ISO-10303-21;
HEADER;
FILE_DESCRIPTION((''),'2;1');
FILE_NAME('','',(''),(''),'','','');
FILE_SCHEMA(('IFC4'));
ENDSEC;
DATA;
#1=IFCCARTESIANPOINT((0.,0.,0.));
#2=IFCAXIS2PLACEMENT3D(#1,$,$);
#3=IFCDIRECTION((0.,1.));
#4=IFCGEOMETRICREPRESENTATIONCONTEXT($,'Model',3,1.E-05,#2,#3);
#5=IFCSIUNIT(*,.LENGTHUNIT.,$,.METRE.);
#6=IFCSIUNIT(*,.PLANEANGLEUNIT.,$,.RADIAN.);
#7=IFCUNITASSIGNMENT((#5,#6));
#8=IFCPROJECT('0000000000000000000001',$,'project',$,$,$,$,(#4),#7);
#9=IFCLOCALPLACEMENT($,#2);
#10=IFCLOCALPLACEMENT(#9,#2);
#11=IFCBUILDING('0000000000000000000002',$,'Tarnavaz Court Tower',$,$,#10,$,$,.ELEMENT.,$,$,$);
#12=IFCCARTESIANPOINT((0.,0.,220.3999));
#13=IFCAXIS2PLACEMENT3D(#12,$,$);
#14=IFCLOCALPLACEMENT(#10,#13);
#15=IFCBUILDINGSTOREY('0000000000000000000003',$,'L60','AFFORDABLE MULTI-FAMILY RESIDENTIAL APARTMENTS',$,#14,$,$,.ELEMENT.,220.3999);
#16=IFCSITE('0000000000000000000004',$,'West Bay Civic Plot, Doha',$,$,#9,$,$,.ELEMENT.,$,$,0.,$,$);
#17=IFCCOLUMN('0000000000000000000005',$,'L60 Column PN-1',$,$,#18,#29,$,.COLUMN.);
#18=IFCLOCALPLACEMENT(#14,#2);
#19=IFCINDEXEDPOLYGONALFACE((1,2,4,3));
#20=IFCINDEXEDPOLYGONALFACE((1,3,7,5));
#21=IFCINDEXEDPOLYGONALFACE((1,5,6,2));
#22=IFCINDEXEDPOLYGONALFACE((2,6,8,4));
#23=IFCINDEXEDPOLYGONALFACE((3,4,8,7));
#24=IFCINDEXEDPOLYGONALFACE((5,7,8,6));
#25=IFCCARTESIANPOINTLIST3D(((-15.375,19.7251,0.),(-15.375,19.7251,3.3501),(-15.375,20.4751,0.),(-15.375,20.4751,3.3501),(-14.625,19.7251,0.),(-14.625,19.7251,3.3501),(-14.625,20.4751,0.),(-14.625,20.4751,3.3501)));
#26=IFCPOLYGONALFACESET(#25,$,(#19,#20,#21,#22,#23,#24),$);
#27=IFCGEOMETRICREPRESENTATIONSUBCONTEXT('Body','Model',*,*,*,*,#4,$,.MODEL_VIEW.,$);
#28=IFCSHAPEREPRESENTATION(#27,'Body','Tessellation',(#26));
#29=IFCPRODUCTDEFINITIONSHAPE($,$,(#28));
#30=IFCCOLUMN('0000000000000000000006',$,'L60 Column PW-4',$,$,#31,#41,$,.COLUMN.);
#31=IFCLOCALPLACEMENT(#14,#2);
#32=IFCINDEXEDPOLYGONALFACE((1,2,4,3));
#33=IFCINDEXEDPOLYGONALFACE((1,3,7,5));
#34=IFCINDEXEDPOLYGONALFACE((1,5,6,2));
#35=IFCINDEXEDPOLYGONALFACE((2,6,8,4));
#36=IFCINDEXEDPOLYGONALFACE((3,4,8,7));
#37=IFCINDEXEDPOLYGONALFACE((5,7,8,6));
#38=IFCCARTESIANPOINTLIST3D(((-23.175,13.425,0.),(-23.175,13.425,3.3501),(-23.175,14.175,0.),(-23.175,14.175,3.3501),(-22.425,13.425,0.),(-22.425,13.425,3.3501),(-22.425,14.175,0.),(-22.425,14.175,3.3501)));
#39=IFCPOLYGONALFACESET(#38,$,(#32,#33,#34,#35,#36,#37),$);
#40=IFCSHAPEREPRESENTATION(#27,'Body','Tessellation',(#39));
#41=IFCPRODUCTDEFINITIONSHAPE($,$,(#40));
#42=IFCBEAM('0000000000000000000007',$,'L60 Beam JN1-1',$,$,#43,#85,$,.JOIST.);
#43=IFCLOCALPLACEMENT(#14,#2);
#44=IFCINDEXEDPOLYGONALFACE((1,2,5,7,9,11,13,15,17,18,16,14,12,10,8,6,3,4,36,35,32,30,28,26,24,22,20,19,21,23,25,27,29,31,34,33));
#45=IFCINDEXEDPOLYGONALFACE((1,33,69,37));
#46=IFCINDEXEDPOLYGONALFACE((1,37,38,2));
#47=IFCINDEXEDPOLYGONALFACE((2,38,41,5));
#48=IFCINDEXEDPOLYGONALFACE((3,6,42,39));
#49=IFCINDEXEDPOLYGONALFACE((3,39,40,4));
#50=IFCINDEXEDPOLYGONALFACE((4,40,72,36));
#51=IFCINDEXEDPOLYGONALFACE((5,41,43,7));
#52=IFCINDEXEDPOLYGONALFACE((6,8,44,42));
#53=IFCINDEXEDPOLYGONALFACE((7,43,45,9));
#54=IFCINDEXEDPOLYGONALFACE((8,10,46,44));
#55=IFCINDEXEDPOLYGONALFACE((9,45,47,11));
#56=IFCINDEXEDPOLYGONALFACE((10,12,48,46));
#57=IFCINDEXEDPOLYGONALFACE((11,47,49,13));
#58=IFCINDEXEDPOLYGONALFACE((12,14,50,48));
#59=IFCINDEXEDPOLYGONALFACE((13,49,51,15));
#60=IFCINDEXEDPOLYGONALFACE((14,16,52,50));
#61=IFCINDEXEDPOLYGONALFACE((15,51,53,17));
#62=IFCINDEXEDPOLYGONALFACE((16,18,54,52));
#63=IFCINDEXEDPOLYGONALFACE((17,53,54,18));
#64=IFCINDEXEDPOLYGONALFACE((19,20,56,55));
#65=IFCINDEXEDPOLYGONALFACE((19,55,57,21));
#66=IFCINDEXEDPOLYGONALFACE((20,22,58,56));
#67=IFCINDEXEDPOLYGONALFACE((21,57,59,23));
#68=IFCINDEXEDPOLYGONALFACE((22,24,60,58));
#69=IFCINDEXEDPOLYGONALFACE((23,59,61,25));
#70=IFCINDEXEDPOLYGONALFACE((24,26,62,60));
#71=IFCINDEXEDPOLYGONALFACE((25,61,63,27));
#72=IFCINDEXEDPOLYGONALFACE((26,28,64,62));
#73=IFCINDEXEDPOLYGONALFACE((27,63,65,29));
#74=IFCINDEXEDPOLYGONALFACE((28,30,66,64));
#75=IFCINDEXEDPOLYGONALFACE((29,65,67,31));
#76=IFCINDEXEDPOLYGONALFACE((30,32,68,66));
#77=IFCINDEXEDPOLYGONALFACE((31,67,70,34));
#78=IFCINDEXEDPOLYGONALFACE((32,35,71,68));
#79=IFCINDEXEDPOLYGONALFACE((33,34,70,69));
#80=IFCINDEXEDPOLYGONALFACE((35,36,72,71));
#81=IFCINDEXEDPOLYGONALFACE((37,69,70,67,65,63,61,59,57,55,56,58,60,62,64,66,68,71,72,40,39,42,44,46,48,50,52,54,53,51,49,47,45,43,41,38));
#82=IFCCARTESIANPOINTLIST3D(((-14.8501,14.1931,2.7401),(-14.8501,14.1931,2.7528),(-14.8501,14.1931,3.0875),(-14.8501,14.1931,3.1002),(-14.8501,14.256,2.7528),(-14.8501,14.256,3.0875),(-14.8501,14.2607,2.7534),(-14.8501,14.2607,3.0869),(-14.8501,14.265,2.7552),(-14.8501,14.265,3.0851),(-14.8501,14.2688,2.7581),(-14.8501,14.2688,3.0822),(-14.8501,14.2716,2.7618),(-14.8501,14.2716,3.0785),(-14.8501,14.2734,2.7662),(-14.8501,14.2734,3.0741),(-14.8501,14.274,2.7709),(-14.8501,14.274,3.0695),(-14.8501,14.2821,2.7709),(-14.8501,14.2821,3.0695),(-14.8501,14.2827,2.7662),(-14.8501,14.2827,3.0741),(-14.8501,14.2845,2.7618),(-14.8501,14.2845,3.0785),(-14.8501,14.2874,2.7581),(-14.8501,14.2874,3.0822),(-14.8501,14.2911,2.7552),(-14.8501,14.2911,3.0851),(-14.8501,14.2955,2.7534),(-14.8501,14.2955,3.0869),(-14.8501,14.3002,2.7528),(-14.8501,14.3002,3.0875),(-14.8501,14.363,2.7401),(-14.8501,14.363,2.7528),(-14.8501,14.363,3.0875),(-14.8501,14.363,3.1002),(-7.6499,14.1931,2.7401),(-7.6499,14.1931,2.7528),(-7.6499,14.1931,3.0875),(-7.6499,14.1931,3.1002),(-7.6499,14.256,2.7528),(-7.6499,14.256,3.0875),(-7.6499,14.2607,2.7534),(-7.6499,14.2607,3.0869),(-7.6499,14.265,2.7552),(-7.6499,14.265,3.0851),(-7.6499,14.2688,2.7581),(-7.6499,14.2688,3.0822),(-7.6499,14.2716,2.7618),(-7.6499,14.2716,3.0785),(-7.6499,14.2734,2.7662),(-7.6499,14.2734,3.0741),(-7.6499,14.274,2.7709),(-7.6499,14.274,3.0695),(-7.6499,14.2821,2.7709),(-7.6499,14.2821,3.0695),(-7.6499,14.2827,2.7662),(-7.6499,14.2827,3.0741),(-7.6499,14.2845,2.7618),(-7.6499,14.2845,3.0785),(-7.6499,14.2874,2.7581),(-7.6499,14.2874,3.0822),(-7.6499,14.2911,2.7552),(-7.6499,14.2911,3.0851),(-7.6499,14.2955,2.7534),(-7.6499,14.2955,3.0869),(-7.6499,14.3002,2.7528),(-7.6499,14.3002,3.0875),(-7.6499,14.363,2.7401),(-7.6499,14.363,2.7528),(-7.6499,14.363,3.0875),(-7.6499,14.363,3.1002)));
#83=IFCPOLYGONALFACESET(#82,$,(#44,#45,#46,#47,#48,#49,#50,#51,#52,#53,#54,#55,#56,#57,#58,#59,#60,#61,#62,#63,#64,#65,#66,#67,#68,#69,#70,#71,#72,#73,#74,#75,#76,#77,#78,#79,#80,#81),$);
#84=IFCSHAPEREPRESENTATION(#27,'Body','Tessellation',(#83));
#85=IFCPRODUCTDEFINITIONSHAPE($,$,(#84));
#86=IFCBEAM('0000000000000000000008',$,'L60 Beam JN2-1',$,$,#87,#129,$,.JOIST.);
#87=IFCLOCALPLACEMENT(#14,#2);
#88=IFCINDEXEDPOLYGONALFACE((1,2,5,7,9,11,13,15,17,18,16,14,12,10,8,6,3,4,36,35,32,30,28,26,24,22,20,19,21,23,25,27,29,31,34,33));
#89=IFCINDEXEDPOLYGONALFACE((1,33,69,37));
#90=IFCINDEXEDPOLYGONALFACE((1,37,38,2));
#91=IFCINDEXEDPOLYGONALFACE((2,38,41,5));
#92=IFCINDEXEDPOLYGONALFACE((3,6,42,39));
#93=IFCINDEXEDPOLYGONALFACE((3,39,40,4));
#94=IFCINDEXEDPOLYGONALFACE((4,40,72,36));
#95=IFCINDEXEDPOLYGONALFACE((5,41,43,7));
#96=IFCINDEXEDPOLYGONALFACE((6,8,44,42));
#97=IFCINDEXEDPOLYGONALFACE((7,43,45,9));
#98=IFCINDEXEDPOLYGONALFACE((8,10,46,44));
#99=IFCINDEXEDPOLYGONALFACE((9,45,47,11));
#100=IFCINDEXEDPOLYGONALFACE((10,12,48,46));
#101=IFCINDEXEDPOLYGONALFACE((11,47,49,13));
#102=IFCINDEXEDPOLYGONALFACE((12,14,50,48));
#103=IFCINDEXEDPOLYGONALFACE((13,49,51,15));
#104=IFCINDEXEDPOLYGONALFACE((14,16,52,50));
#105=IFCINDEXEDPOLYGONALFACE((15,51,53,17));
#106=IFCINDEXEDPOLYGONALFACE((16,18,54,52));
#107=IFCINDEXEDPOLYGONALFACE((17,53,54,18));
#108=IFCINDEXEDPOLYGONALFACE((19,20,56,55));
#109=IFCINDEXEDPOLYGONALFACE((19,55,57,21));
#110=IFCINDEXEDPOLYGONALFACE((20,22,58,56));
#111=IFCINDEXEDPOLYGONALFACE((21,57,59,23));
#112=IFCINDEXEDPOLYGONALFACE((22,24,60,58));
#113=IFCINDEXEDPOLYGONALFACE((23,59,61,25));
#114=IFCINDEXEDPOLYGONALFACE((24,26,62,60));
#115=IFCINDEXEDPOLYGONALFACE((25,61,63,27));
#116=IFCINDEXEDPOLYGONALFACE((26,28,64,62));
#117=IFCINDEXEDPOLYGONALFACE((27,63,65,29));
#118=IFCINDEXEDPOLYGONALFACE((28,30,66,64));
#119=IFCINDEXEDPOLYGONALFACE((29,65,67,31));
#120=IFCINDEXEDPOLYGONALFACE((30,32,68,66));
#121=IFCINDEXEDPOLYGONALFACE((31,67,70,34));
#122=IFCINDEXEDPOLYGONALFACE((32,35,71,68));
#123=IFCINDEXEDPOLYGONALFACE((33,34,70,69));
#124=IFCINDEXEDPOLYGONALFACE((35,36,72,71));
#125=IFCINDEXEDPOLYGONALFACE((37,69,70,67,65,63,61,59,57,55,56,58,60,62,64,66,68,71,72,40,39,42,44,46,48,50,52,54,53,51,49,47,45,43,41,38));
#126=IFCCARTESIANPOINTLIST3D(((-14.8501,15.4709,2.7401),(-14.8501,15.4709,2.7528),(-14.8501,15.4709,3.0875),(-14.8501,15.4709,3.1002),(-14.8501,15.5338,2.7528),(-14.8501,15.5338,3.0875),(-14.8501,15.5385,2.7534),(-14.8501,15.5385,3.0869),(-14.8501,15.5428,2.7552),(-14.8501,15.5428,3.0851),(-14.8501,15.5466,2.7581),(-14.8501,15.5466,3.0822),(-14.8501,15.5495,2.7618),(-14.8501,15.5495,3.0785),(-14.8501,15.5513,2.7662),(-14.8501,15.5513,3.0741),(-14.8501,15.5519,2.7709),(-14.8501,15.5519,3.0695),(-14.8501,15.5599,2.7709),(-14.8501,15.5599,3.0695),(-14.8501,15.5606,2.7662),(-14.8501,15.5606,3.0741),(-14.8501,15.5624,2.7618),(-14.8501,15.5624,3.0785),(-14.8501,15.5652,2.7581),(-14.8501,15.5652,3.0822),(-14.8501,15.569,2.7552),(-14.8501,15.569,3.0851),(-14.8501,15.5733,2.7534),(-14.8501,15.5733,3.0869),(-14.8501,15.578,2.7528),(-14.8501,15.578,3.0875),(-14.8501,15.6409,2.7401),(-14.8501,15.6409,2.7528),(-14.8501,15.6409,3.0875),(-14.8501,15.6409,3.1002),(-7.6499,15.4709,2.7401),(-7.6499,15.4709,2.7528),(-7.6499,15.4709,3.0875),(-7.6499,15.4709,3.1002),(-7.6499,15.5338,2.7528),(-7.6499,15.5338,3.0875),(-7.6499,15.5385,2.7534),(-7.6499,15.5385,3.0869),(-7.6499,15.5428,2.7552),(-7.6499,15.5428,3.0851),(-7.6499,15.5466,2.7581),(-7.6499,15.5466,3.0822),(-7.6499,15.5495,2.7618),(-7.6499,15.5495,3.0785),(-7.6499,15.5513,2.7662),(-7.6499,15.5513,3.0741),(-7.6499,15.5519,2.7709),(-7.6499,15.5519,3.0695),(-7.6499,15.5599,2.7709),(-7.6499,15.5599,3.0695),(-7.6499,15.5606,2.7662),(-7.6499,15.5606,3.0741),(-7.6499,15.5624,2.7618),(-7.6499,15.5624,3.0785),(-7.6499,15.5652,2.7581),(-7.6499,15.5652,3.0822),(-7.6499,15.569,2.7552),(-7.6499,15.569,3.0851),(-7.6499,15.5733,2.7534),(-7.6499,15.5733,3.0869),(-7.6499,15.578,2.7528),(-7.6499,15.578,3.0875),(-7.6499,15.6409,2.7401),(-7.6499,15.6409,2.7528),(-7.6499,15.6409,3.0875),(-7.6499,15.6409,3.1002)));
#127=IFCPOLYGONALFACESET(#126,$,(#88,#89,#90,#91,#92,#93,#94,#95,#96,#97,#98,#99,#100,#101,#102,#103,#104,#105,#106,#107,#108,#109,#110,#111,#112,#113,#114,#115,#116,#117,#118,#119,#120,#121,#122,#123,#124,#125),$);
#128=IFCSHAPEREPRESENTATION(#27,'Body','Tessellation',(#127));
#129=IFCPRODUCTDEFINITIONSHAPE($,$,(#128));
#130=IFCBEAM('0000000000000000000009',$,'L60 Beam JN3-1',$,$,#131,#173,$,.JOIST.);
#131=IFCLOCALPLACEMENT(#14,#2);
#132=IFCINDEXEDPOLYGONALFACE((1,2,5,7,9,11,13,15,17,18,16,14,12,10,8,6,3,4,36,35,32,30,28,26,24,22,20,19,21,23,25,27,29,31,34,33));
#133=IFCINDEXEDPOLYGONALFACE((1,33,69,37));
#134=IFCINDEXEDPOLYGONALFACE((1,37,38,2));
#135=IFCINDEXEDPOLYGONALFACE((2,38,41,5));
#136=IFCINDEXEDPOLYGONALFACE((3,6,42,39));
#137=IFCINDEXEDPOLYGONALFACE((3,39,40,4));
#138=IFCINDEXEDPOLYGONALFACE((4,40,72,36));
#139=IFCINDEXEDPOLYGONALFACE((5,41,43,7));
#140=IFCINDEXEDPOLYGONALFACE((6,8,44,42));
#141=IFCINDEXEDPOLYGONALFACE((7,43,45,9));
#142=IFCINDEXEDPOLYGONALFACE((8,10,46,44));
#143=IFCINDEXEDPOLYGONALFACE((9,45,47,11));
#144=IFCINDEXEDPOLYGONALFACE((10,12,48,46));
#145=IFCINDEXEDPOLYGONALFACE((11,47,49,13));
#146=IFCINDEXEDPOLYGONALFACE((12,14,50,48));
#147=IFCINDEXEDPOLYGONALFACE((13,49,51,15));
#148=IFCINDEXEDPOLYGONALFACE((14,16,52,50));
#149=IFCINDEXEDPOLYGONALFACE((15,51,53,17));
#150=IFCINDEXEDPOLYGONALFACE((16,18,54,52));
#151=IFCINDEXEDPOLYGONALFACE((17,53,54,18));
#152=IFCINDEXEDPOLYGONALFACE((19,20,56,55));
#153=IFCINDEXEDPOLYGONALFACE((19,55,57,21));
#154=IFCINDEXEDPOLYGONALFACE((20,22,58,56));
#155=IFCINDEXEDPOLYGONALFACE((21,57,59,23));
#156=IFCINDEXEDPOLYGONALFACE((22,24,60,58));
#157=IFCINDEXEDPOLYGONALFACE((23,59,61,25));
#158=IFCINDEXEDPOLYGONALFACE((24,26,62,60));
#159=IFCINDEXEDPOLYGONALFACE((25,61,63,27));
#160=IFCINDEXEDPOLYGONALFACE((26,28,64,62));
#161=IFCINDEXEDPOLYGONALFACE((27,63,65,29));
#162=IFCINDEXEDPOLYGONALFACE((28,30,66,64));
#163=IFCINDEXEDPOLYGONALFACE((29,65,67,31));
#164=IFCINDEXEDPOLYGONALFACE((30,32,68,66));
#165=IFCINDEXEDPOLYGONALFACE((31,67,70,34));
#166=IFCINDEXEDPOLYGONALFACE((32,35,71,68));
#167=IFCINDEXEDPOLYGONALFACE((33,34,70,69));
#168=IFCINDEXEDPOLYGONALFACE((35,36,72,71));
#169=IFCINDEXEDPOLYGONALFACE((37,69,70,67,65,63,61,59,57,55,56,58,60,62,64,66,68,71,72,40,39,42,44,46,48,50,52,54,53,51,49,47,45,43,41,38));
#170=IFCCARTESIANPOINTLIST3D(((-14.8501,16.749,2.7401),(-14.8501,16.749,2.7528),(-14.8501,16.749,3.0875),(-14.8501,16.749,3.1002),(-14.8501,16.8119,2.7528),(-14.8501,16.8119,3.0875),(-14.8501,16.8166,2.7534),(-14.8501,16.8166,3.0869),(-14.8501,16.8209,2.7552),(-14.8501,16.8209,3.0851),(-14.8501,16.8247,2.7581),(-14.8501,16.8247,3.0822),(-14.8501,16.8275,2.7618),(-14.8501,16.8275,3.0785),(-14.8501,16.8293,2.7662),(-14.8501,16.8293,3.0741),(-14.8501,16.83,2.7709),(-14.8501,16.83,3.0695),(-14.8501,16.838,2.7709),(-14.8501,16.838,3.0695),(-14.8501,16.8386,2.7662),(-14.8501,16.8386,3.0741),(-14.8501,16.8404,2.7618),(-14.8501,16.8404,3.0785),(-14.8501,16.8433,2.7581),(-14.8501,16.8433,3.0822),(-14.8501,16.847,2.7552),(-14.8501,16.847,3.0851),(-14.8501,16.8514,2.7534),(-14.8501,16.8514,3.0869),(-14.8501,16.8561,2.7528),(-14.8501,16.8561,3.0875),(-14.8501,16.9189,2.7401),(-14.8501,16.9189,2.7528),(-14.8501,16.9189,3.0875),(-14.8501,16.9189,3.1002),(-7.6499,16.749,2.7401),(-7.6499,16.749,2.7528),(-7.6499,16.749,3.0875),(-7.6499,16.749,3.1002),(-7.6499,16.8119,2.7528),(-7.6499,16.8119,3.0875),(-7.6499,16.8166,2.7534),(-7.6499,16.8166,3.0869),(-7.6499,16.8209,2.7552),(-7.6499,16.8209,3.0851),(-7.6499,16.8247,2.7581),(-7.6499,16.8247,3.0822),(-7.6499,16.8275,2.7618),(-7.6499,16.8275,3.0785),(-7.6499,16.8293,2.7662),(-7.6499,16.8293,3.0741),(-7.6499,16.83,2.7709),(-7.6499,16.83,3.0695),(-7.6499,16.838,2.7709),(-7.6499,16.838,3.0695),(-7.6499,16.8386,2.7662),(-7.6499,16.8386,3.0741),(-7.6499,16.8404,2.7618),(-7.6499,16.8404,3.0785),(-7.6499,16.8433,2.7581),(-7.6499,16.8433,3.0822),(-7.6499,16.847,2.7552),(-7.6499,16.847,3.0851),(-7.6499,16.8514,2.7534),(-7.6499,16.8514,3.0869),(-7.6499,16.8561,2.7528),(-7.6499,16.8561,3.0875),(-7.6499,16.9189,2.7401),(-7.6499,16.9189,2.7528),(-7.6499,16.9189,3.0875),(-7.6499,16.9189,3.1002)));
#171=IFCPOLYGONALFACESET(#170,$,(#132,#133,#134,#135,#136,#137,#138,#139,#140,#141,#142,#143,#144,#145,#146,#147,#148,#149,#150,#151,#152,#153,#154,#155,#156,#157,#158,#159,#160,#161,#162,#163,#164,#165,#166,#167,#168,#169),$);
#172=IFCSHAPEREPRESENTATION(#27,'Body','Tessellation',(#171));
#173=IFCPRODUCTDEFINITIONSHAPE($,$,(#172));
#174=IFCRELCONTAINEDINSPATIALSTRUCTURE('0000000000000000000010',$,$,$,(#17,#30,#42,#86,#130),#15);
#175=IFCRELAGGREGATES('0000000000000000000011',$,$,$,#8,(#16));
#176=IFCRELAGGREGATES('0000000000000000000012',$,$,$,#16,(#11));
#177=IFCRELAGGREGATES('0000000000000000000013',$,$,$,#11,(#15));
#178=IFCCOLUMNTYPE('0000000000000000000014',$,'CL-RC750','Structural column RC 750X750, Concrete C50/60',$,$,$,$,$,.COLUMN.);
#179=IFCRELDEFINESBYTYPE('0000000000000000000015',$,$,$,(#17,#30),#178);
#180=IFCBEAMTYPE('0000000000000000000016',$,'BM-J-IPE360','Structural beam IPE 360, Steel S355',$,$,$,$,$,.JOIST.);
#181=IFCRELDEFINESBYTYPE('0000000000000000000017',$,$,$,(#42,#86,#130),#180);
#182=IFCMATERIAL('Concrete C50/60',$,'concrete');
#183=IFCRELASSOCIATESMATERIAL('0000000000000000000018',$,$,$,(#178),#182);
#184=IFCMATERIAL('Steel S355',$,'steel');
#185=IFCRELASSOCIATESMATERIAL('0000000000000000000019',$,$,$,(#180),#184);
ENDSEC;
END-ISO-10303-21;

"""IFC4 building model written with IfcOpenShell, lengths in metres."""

from ifc_helpers import new_model, si_unit, direction, frame, origin, origin_2d, place, context, subcontext, project, spatial, rectangle, i_section, extrude, material, material_profile, profile_set, type_object, element, save


model = new_model("IFC4")

# Units and contexts
model_context = context("Model", 3, precision=1e-05, world=origin(), true_north=direction((0.0, 1.0)))
body_context = subcontext(model_context, "Body", "Model", "MODEL_VIEW")
ifc_project = project(units=[si_unit("LENGTHUNIT", "METRE"), si_unit("PLANEANGLEUNIT", "RADIAN")], contexts=[model_context])

# Site, building, storey
site_placement = place(None, origin())
site = spatial("IfcSite", under=ifc_project, at=site_placement, Name="West Bay Civic Plot, Doha", CompositionType="ELEMENT", RefElevation=0.0)
building_placement = place(site_placement, origin())
building = spatial("IfcBuilding", under=site, at=building_placement, Name="Tarnavaz Court Tower", CompositionType="ELEMENT")
storey_placement = place(building_placement, frame((0.0, 0.0, 220.3999)))
storey = spatial("IfcBuildingStorey", under=building, at=storey_placement, Name="L60", Description="AFFORDABLE MULTI-FAMILY RESIDENTIAL APARTMENTS", CompositionType="ELEMENT", Elevation=220.3999)

# Columns
ifc_material_1 = material(Name="Concrete C50/60", Category="concrete")
ifc_material_profile_1 = material_profile(ifc_material_1, rectangle(XDim=0.75, YDim=0.75, at=origin_2d()), Name="RC 750X750")
ifc_profile_set_1 = profile_set([ifc_material_profile_1], Name="Concrete C50/60")
column_type = type_object("IfcColumnType", Name="CL-RC750", Description="Structural column RC 750X750, Concrete C50/60", PredefinedType="COLUMN", material=ifc_profile_set_1)
for number, where, z_axis, x_axis, name in (
    (1, (-15.0, 20.1001, 0.0), (0.0, 0.0, 1.0), (1.0, 0.0, 0.0), "L60 Column PN-1"),
    (2, (-22.8, 13.8, 0.0), (0.0, 0.0, 1.0), (1.0, 0.0, 0.0), "L60 Column PW-4"),
):
    element("IfcColumn", number, at=place(storey_placement, frame(where, z_axis=z_axis, x_axis=x_axis)), inside=storey, type_object=column_type, Name=name, PredefinedType="COLUMN", context=body_context, shape_type="SweptSolid", body=[
        extrude(rectangle(XDim=0.75, YDim=0.75, at=origin_2d()), origin(), (0.0, 0.0, 1.0), 3.3501),
    ])

# Beams
ifc_material_2 = material(Name="Steel S355", Category="steel")
ifc_material_profile_2 = material_profile(ifc_material_2, i_section(OverallWidth=0.1699, OverallDepth=0.3601, WebThickness=0.0081, FlangeThickness=0.0127, FilletRadius=0.0181, at=origin_2d()), Name="IPE 360")
ifc_profile_set_2 = profile_set([ifc_material_profile_2], Name="Steel S355")
beam_type_1 = type_object("IfcBeamType", Name="BM-J-IPE360", Description="Structural beam IPE 360, Steel S355", PredefinedType="JOIST", material=ifc_profile_set_2)
for number, where, z_axis, x_axis, name in (
    (3, (-14.8501, 14.2781, 2.9202), (1.0, 0.0, 0.0), (0.0, 1.0, 0.0), "L60 Beam JN1-1"),
    (4, (-14.8501, 15.5559, 2.9202), (1.0, 0.0, 0.0), (0.0, 1.0, 0.0), "L60 Beam JN2-1"),
    (5, (-14.8501, 16.834, 2.9202), (1.0, 0.0, 0.0), (0.0, 1.0, 0.0), "L60 Beam JN3-1"),
):
    element("IfcBeam", number, at=place(storey_placement, frame(where, z_axis=z_axis, x_axis=x_axis)), inside=storey, type_object=beam_type_1, Name=name, PredefinedType="JOIST", context=body_context, shape_type="SweptSolid", body=[
        extrude(i_section(OverallWidth=0.1699, OverallDepth=0.3601, WebThickness=0.0081, FlangeThickness=0.0127, FilletRadius=0.0181, at=origin_2d()), origin(), (0.0, 0.0, 1.0), 7.2002),
    ])

save(model, "model.ifc")
